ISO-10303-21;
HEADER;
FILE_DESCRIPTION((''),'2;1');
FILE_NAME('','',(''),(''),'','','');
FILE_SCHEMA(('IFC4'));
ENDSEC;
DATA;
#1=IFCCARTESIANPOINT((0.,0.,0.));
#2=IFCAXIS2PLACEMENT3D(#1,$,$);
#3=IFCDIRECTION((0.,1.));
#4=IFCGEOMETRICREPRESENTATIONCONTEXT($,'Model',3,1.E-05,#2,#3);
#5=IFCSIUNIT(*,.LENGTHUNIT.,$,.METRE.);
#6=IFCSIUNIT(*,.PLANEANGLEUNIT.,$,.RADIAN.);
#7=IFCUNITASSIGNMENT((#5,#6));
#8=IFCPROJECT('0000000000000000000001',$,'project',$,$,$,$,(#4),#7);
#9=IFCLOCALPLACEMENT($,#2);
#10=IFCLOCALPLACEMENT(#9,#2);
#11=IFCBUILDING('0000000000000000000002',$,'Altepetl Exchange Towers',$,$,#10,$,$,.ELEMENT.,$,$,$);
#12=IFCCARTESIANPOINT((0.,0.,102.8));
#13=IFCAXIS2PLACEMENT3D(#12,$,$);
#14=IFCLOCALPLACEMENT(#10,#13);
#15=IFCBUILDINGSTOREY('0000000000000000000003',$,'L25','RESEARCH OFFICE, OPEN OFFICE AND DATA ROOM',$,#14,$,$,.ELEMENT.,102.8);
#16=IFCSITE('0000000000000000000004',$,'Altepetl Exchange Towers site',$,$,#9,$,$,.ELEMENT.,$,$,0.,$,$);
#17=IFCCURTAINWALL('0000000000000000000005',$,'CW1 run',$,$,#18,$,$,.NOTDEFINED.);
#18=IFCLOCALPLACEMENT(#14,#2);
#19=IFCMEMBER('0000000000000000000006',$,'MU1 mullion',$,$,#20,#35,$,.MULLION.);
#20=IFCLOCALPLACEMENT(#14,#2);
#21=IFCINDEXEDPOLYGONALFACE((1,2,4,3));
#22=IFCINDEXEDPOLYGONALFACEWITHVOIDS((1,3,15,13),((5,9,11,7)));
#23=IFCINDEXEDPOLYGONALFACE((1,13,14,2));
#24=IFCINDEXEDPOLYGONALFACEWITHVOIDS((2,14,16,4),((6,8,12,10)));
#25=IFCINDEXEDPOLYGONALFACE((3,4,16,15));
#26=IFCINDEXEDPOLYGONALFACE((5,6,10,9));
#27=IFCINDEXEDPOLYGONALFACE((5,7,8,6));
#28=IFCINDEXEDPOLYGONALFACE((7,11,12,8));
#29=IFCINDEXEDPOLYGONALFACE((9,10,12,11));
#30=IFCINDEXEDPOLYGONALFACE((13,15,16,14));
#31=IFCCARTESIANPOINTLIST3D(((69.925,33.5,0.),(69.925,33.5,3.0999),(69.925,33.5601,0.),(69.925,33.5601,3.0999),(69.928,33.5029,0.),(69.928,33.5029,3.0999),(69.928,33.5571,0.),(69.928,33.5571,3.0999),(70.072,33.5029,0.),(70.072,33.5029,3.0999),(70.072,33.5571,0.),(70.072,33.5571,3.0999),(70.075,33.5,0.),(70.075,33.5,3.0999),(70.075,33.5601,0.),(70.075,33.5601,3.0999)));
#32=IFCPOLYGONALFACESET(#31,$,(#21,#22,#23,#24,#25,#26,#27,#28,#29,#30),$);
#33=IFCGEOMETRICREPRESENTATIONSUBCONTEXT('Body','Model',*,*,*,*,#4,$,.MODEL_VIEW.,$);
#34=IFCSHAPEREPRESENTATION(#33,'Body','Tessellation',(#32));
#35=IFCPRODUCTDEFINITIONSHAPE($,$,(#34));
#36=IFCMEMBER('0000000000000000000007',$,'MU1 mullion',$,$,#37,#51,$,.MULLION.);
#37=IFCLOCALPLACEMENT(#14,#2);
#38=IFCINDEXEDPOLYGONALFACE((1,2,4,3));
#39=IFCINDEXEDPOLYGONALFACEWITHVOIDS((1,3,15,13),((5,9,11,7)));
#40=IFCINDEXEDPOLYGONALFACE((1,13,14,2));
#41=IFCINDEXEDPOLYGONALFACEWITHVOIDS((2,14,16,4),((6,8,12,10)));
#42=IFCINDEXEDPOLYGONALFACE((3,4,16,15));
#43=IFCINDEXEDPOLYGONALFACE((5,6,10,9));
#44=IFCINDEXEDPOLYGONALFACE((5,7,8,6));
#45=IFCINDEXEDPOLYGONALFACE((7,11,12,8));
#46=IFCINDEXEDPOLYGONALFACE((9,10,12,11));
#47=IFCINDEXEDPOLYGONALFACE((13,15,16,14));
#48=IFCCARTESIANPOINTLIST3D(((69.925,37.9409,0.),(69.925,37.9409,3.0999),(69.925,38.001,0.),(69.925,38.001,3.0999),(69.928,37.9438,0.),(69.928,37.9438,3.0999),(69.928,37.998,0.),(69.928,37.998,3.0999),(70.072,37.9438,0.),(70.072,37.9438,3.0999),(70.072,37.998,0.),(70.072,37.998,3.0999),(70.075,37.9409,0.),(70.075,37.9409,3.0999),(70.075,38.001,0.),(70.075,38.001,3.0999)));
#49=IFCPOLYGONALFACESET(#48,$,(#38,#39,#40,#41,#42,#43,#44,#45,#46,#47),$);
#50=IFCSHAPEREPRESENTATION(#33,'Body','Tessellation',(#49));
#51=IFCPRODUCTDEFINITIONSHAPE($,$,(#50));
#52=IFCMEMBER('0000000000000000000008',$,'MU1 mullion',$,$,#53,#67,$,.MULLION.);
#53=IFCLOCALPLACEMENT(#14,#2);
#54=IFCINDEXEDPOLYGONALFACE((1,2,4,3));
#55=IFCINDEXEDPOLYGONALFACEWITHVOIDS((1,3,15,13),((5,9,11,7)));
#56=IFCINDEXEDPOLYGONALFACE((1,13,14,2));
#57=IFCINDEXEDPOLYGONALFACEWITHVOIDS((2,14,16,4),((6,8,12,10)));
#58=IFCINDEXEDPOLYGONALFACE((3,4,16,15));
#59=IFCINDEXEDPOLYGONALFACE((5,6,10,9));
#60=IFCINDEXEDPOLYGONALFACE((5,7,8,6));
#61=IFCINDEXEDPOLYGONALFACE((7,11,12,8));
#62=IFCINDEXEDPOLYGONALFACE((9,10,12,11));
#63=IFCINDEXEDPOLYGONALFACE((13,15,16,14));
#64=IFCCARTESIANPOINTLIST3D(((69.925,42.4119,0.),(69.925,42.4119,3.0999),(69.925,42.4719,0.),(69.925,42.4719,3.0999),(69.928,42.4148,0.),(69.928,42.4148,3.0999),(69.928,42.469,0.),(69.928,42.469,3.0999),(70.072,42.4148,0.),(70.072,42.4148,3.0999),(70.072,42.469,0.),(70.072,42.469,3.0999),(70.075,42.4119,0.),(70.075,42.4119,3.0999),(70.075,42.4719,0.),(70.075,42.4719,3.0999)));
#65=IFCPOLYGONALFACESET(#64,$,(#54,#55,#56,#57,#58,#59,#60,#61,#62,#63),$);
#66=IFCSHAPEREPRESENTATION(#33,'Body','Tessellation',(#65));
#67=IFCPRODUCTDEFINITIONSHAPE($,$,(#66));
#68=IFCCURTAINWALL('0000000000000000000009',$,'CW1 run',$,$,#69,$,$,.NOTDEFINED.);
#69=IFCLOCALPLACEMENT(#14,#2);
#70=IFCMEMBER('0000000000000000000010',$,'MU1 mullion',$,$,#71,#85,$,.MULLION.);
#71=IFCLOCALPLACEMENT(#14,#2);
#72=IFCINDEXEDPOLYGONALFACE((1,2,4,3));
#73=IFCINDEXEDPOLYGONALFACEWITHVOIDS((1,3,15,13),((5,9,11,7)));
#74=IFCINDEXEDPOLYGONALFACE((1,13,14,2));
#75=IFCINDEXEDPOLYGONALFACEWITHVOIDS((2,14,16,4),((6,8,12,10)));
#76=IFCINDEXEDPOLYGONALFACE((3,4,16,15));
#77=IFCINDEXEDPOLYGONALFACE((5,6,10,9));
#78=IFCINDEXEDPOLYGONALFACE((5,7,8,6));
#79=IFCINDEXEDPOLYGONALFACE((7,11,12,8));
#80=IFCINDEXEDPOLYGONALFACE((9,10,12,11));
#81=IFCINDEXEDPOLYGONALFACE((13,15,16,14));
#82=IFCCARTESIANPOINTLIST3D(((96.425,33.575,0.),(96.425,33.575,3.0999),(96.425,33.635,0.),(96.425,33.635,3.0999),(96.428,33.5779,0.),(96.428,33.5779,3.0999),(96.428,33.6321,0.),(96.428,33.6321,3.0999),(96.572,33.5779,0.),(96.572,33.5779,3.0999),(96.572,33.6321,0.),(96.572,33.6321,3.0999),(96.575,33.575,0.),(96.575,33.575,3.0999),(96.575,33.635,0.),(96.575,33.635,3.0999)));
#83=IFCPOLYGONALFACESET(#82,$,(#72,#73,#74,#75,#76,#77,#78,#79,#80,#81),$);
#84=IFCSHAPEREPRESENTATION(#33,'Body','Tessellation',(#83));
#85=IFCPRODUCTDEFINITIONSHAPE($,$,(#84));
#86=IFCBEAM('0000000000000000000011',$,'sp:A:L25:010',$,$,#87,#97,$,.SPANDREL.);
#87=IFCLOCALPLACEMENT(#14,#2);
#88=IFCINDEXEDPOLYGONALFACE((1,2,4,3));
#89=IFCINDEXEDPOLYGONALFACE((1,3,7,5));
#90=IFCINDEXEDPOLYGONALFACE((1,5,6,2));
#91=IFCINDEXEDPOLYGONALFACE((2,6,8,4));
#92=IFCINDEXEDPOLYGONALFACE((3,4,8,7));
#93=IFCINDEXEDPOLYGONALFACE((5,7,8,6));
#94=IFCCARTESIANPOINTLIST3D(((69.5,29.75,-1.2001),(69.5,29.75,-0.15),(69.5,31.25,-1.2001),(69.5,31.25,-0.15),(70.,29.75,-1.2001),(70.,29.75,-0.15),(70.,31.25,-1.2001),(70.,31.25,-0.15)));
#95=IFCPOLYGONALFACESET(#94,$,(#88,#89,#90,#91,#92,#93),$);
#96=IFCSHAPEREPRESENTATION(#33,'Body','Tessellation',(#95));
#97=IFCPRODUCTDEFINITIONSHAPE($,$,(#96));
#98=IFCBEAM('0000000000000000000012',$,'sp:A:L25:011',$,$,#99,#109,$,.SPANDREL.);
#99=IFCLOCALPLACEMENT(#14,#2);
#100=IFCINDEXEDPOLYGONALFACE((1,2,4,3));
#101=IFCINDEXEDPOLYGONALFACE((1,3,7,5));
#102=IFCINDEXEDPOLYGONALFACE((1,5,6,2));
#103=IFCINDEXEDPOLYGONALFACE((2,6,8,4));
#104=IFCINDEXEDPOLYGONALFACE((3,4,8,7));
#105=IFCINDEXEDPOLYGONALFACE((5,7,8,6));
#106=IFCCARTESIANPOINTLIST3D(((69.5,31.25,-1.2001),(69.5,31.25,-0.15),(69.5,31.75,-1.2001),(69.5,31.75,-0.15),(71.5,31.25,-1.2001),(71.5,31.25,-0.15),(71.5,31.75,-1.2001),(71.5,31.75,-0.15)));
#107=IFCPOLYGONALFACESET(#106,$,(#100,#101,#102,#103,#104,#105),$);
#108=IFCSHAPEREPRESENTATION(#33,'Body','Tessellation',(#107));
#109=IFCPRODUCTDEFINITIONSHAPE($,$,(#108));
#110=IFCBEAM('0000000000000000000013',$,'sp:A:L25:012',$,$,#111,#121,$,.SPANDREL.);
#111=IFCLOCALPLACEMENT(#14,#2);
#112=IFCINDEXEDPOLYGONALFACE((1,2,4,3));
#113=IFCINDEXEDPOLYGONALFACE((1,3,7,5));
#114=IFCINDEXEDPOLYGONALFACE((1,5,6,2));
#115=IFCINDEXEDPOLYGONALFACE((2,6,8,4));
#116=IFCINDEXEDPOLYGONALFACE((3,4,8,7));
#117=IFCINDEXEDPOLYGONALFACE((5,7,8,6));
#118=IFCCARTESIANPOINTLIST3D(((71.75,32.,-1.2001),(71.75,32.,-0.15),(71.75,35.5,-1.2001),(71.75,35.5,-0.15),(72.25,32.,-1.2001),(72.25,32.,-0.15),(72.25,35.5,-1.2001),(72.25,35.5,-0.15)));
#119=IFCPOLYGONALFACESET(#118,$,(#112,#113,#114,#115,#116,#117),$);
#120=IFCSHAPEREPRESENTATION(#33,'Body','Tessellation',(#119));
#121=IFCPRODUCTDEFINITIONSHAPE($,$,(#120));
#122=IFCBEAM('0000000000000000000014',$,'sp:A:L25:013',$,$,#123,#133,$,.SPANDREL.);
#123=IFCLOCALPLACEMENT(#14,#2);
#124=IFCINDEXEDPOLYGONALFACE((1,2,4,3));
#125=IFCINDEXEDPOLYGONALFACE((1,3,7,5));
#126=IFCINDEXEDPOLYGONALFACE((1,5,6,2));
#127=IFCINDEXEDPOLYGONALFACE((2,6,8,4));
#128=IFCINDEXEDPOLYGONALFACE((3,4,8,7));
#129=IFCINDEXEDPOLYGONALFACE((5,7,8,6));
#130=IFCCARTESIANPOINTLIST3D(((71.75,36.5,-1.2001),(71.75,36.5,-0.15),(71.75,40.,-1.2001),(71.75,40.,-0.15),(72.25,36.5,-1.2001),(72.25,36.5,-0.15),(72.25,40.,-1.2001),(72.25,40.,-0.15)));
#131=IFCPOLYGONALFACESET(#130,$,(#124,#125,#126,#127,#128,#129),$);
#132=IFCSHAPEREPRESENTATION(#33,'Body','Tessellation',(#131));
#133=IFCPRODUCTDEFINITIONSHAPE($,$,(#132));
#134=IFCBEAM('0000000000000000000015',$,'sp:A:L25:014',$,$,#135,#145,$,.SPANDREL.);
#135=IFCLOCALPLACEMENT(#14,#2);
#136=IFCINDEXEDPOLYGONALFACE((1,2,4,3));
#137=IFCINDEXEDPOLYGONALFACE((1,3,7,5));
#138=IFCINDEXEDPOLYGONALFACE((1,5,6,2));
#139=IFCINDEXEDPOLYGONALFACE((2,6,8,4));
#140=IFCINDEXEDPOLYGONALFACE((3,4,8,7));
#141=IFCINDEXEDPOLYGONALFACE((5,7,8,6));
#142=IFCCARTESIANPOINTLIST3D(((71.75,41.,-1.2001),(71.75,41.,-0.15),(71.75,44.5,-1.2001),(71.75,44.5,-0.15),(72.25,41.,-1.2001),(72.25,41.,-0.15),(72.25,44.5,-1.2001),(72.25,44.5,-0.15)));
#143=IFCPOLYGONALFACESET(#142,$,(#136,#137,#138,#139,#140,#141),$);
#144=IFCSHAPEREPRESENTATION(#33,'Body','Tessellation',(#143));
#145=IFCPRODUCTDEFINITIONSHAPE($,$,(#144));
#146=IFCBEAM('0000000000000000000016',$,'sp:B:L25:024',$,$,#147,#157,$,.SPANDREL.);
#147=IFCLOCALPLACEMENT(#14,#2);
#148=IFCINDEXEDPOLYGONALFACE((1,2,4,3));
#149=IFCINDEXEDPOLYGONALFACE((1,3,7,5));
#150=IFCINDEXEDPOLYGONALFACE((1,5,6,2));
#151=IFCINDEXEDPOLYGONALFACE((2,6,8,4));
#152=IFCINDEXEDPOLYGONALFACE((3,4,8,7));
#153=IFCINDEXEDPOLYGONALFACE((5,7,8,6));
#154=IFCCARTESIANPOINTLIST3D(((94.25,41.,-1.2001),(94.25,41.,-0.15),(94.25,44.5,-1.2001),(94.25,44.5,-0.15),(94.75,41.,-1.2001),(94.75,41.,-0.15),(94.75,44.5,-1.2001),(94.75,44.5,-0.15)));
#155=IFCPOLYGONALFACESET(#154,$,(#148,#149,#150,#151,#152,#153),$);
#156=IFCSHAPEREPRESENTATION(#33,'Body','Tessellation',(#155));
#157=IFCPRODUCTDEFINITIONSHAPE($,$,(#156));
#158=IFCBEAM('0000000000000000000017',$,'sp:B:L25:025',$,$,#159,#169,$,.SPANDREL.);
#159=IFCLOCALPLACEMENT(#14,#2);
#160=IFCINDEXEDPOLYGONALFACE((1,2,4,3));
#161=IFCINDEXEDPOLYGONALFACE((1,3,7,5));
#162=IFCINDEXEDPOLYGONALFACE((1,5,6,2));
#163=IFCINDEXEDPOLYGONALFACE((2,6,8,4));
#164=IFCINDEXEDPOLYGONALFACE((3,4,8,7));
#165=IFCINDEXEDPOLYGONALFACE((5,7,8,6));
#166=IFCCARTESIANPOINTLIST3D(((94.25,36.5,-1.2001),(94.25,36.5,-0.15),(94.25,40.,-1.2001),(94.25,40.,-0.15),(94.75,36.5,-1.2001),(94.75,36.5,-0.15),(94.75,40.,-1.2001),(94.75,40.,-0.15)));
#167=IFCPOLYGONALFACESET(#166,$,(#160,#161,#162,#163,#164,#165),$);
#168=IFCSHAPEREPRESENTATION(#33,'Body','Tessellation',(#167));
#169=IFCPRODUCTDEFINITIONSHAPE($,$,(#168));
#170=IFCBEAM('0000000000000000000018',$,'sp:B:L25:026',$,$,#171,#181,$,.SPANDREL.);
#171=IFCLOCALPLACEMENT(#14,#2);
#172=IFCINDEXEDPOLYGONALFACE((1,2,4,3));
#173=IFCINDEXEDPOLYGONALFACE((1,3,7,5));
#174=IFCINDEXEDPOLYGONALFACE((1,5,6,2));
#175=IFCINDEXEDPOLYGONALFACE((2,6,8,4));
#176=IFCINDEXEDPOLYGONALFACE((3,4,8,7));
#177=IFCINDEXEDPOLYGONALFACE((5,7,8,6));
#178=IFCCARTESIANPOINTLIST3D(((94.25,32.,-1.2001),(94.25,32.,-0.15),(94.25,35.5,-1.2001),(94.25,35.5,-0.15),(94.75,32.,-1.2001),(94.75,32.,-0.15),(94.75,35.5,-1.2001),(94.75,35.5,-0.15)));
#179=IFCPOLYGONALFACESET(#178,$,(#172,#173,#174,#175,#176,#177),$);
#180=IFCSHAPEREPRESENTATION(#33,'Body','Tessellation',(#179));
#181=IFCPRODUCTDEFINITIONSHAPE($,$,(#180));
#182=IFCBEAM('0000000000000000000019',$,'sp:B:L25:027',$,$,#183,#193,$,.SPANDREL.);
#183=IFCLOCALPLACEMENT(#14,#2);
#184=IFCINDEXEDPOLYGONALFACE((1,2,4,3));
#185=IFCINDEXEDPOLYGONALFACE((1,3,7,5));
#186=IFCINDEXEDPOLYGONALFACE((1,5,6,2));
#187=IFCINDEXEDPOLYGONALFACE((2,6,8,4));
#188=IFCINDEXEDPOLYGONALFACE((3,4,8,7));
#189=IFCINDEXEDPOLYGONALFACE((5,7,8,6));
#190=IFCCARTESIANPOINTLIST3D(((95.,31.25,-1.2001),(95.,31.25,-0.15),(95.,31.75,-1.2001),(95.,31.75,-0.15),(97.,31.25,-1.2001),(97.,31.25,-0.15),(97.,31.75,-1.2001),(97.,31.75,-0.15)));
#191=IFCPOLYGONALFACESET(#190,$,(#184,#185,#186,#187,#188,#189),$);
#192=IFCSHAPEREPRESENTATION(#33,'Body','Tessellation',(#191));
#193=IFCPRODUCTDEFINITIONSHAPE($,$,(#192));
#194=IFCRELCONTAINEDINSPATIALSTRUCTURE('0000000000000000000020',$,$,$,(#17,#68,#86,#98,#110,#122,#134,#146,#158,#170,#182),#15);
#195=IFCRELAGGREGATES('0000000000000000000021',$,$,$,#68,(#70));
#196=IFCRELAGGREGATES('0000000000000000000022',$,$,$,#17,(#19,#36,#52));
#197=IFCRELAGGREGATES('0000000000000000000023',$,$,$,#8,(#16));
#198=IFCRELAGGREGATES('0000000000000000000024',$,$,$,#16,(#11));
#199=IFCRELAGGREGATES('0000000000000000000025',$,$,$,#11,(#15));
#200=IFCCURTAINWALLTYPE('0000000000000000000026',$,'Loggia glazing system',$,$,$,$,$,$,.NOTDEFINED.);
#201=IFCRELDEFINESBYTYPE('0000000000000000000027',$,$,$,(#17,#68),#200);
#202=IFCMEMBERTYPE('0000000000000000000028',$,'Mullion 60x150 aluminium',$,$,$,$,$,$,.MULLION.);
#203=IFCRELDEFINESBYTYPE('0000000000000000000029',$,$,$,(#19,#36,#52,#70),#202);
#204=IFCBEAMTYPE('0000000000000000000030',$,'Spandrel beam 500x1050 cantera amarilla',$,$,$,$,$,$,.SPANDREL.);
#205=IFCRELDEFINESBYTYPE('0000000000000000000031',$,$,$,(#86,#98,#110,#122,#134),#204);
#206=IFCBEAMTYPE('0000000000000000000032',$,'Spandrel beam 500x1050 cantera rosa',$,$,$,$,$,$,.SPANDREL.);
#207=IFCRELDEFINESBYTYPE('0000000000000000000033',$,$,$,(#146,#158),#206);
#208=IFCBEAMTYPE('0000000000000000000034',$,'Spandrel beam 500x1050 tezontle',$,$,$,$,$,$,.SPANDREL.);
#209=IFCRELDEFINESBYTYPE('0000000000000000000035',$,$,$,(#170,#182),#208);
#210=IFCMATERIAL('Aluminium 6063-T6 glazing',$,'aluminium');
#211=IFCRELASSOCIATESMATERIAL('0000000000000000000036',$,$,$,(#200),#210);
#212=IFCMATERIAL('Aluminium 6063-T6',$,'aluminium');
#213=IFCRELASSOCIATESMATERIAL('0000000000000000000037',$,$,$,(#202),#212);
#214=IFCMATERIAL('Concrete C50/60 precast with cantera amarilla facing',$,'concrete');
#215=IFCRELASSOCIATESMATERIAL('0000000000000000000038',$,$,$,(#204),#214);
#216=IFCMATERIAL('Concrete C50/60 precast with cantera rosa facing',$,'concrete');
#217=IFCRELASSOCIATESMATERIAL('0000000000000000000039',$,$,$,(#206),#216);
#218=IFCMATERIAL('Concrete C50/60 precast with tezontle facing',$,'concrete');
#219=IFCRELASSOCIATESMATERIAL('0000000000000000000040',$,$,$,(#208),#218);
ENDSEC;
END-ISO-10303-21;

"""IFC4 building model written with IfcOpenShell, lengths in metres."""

from ifc_helpers import new_model, si_unit, direction, frame, origin, origin_2d, place, context, subcontext, project, spatial, rectangle, hollow_rectangle, extrude, material, material_profile, profile_set, type_object, element, aggregate, save


model = new_model("IFC4")

# Units and contexts
model_context = context("Model", 3, precision=1e-05, world=origin(), true_north=direction((0.0, 1.0)))
body_context = subcontext(model_context, "Body", "Model", "MODEL_VIEW")
ifc_project = project(units=[si_unit("LENGTHUNIT", "METRE"), si_unit("PLANEANGLEUNIT", "RADIAN")], contexts=[model_context])

# Site, building, storey
site_placement = place(None, origin())
site = spatial("IfcSite", under=ifc_project, at=site_placement, Name="Altepetl Exchange Towers site", CompositionType="ELEMENT", RefElevation=0.0)
building_placement = place(site_placement, origin())
building = spatial("IfcBuilding", under=site, at=building_placement, Name="Altepetl Exchange Towers", CompositionType="ELEMENT")
storey_placement = place(building_placement, frame((0.0, 0.0, 102.8)))
storey = spatial("IfcBuildingStorey", under=building, at=storey_placement, Name="L25", Description="RESEARCH OFFICE, OPEN OFFICE AND DATA ROOM", CompositionType="ELEMENT", Elevation=102.8)

# Curtain wall, members
ifc_material_1 = material(Name="Aluminium 6063-T6 glazing", Category="aluminium")
curtain_wall_type = type_object("IfcCurtainWallType", Name="Loggia glazing system", PredefinedType="NOTDEFINED", material=ifc_material_1)
ifc_material_2 = material(Name="Aluminium 6063-T6", Category="aluminium")
ifc_material_profile_1 = material_profile(ifc_material_2, hollow_rectangle(XDim=0.0601, YDim=0.1499, WallThickness=0.0029, at=origin_2d()), Name="Mullion 60x150 aluminium")
ifc_profile_set_1 = profile_set([ifc_material_profile_1], Name="Aluminium 6063-T6")
member_type = type_object("IfcMemberType", Name="Mullion 60x150 aluminium", PredefinedType="MULLION", material=ifc_profile_set_1)
curtain_wall_1_placement = place(storey_placement, origin())
curtain_wall_1 = element("IfcCurtainWall", 1, at=curtain_wall_1_placement, inside=storey, type_object=curtain_wall_type, Name="CW1 run", PredefinedType="NOTDEFINED")
member_1_placement = place(storey_placement, frame((70.0, 33.53, 0.0), z_axis=(0.0, 0.0, 1.0), x_axis=(0.0, 1.0, 0.0)))
member_1 = element("IfcMember", 2, at=member_1_placement, type_object=member_type, Name="MU1 mullion", PredefinedType="MULLION", context=body_context, shape_type="SweptSolid", body=[
    extrude(hollow_rectangle(XDim=0.0601, YDim=0.1499, WallThickness=0.0029, at=origin_2d()), origin(), (0.0, 0.0, 1.0), 3.0999),
])
member_2_placement = place(storey_placement, frame((70.0, 37.9709, 0.0), z_axis=(0.0, 0.0, 1.0), x_axis=(0.0, 1.0, 0.0)))
member_2 = element("IfcMember", 3, at=member_2_placement, type_object=member_type, Name="MU1 mullion", PredefinedType="MULLION", context=body_context, shape_type="SweptSolid", body=[
    extrude(hollow_rectangle(XDim=0.0601, YDim=0.1499, WallThickness=0.0029, at=origin_2d()), origin(), (0.0, 0.0, 1.0), 3.0999),
])
member_3_placement = place(storey_placement, frame((70.0, 42.4419, 0.0), z_axis=(0.0, 0.0, 1.0), x_axis=(0.0, 1.0, 0.0)))
member_3 = element("IfcMember", 4, at=member_3_placement, type_object=member_type, Name="MU1 mullion", PredefinedType="MULLION", context=body_context, shape_type="SweptSolid", body=[
    extrude(hollow_rectangle(XDim=0.0601, YDim=0.1499, WallThickness=0.0029, at=origin_2d()), origin(), (0.0, 0.0, 1.0), 3.0999),
])

# Curtain wall, member
curtain_wall_2_placement = place(storey_placement, origin())
curtain_wall_2 = element("IfcCurtainWall", 5, at=curtain_wall_2_placement, inside=storey, type_object=curtain_wall_type, Name="CW1 run", PredefinedType="NOTDEFINED")
member_4_placement = place(storey_placement, frame((96.5, 33.605, 0.0), z_axis=(0.0, 0.0, 1.0), x_axis=(0.0, -1.0, 0.0)))
member_4 = element("IfcMember", 6, at=member_4_placement, type_object=member_type, Name="MU1 mullion", PredefinedType="MULLION", context=body_context, shape_type="SweptSolid", body=[
    extrude(hollow_rectangle(XDim=0.0601, YDim=0.1499, WallThickness=0.0029, at=origin_2d()), origin(), (0.0, 0.0, 1.0), 3.0999),
])
aggregate(curtain_wall_2, [member_4])

# Beams
ifc_material_3 = material(Name="Concrete C50/60 precast with cantera amarilla facing", Category="concrete")
ifc_material_profile_2 = material_profile(ifc_material_3, rectangle(XDim=0.5, YDim=1.05, at=origin_2d()), Name="500 x 1050")
ifc_profile_set_2 = profile_set([ifc_material_profile_2], Name="Concrete C50/60 precast with cantera amarilla facing")
beam_type_1 = type_object("IfcBeamType", Name="Spandrel beam 500x1050 cantera amarilla", PredefinedType="SPANDREL", material=ifc_profile_set_2)
beam_1_placement = place(storey_placement, frame((69.75, 29.75, -0.675), z_axis=(0.0, 1.0, 0.0), x_axis=(-1.0, 0.0, 0.0)))
element("IfcBeam", 7, at=beam_1_placement, inside=storey, type_object=beam_type_1, Name="sp:A:L25:010", PredefinedType="SPANDREL", context=body_context, shape_type="SweptSolid", body=[
    extrude(rectangle(XDim=0.5, YDim=1.05, at=origin_2d()), origin(), (0.0, 0.0, 1.0), 1.5),
])
beam_2_placement = place(storey_placement, frame((69.5, 31.5, -0.675), z_axis=(1.0, 0.0, 0.0), x_axis=(0.0, 1.0, 0.0)))
element("IfcBeam", 8, at=beam_2_placement, inside=storey, type_object=beam_type_1, Name="sp:A:L25:011", PredefinedType="SPANDREL", context=body_context, shape_type="SweptSolid", body=[
    extrude(rectangle(XDim=0.5, YDim=1.05, at=origin_2d()), origin(), (0.0, 0.0, 1.0), 2.0),
])
for number, where, z_axis, x_axis, name in (
    (9, (72.0, 32.0, -0.675), (0.0, 1.0, 0.0), (-1.0, 0.0, 0.0), "sp:A:L25:012"),
    (10, (72.0, 36.5, -0.675), (0.0, 1.0, 0.0), (-1.0, 0.0, 0.0), "sp:A:L25:013"),
    (11, (72.0, 41.0, -0.675), (0.0, 1.0, 0.0), (-1.0, 0.0, 0.0), "sp:A:L25:014"),
):
    element("IfcBeam", number, at=place(storey_placement, frame(where, z_axis=z_axis, x_axis=x_axis)), inside=storey, type_object=beam_type_1, Name=name, PredefinedType="SPANDREL", context=body_context, shape_type="SweptSolid", body=[
        extrude(rectangle(XDim=0.5, YDim=1.05, at=origin_2d()), origin(), (0.0, 0.0, 1.0), 3.5),
    ])
ifc_material_4 = material(Name="Concrete C50/60 precast with cantera rosa facing", Category="concrete")
ifc_material_profile_3 = material_profile(ifc_material_4, rectangle(XDim=0.5, YDim=1.05, at=origin_2d()), Name="500 x 1050")
ifc_profile_set_3 = profile_set([ifc_material_profile_3], Name="Concrete C50/60 precast with cantera rosa facing")
beam_type_2 = type_object("IfcBeamType", Name="Spandrel beam 500x1050 cantera rosa", PredefinedType="SPANDREL", material=ifc_profile_set_3)
for number, where, z_axis, x_axis, name in (
    (12, (94.5, 44.5, -0.675), (0.0, -1.0, 0.0), (1.0, 0.0, 0.0), "sp:B:L25:024"),
    (13, (94.5, 40.0, -0.675), (0.0, -1.0, 0.0), (1.0, 0.0, 0.0), "sp:B:L25:025"),
):
    element("IfcBeam", number, at=place(storey_placement, frame(where, z_axis=z_axis, x_axis=x_axis)), inside=storey, type_object=beam_type_2, Name=name, PredefinedType="SPANDREL", context=body_context, shape_type="SweptSolid", body=[
        extrude(rectangle(XDim=0.5, YDim=1.05, at=origin_2d()), origin(), (0.0, 0.0, 1.0), 3.5),
    ])
ifc_material_5 = material(Name="Concrete C50/60 precast with tezontle facing", Category="concrete")
ifc_material_profile_4 = material_profile(ifc_material_5, rectangle(XDim=0.5, YDim=1.05, at=origin_2d()), Name="500 x 1050")
ifc_profile_set_4 = profile_set([ifc_material_profile_4], Name="Concrete C50/60 precast with tezontle facing")
beam_type_3 = type_object("IfcBeamType", Name="Spandrel beam 500x1050 tezontle", PredefinedType="SPANDREL", material=ifc_profile_set_4)
beam_3_placement = place(storey_placement, frame((94.5, 35.5, -0.675), z_axis=(0.0, -1.0, 0.0), x_axis=(1.0, 0.0, 0.0)))
element("IfcBeam", 14, at=beam_3_placement, inside=storey, type_object=beam_type_3, Name="sp:B:L25:026", PredefinedType="SPANDREL", context=body_context, shape_type="SweptSolid", body=[
    extrude(rectangle(XDim=0.5, YDim=1.05, at=origin_2d()), origin(), (0.0, 0.0, 1.0), 3.5),
])
beam_4_placement = place(storey_placement, frame((95.0, 31.5, -0.675), z_axis=(1.0, 0.0, 0.0), x_axis=(0.0, 1.0, 0.0)))
element("IfcBeam", 15, at=beam_4_placement, inside=storey, type_object=beam_type_3, Name="sp:B:L25:027", PredefinedType="SPANDREL", context=body_context, shape_type="SweptSolid", body=[
    extrude(rectangle(XDim=0.5, YDim=1.05, at=origin_2d()), origin(), (0.0, 0.0, 1.0), 2.0),
])

aggregate(curtain_wall_1, [member_1, member_2, member_3])

save(model, "model.ifc")
